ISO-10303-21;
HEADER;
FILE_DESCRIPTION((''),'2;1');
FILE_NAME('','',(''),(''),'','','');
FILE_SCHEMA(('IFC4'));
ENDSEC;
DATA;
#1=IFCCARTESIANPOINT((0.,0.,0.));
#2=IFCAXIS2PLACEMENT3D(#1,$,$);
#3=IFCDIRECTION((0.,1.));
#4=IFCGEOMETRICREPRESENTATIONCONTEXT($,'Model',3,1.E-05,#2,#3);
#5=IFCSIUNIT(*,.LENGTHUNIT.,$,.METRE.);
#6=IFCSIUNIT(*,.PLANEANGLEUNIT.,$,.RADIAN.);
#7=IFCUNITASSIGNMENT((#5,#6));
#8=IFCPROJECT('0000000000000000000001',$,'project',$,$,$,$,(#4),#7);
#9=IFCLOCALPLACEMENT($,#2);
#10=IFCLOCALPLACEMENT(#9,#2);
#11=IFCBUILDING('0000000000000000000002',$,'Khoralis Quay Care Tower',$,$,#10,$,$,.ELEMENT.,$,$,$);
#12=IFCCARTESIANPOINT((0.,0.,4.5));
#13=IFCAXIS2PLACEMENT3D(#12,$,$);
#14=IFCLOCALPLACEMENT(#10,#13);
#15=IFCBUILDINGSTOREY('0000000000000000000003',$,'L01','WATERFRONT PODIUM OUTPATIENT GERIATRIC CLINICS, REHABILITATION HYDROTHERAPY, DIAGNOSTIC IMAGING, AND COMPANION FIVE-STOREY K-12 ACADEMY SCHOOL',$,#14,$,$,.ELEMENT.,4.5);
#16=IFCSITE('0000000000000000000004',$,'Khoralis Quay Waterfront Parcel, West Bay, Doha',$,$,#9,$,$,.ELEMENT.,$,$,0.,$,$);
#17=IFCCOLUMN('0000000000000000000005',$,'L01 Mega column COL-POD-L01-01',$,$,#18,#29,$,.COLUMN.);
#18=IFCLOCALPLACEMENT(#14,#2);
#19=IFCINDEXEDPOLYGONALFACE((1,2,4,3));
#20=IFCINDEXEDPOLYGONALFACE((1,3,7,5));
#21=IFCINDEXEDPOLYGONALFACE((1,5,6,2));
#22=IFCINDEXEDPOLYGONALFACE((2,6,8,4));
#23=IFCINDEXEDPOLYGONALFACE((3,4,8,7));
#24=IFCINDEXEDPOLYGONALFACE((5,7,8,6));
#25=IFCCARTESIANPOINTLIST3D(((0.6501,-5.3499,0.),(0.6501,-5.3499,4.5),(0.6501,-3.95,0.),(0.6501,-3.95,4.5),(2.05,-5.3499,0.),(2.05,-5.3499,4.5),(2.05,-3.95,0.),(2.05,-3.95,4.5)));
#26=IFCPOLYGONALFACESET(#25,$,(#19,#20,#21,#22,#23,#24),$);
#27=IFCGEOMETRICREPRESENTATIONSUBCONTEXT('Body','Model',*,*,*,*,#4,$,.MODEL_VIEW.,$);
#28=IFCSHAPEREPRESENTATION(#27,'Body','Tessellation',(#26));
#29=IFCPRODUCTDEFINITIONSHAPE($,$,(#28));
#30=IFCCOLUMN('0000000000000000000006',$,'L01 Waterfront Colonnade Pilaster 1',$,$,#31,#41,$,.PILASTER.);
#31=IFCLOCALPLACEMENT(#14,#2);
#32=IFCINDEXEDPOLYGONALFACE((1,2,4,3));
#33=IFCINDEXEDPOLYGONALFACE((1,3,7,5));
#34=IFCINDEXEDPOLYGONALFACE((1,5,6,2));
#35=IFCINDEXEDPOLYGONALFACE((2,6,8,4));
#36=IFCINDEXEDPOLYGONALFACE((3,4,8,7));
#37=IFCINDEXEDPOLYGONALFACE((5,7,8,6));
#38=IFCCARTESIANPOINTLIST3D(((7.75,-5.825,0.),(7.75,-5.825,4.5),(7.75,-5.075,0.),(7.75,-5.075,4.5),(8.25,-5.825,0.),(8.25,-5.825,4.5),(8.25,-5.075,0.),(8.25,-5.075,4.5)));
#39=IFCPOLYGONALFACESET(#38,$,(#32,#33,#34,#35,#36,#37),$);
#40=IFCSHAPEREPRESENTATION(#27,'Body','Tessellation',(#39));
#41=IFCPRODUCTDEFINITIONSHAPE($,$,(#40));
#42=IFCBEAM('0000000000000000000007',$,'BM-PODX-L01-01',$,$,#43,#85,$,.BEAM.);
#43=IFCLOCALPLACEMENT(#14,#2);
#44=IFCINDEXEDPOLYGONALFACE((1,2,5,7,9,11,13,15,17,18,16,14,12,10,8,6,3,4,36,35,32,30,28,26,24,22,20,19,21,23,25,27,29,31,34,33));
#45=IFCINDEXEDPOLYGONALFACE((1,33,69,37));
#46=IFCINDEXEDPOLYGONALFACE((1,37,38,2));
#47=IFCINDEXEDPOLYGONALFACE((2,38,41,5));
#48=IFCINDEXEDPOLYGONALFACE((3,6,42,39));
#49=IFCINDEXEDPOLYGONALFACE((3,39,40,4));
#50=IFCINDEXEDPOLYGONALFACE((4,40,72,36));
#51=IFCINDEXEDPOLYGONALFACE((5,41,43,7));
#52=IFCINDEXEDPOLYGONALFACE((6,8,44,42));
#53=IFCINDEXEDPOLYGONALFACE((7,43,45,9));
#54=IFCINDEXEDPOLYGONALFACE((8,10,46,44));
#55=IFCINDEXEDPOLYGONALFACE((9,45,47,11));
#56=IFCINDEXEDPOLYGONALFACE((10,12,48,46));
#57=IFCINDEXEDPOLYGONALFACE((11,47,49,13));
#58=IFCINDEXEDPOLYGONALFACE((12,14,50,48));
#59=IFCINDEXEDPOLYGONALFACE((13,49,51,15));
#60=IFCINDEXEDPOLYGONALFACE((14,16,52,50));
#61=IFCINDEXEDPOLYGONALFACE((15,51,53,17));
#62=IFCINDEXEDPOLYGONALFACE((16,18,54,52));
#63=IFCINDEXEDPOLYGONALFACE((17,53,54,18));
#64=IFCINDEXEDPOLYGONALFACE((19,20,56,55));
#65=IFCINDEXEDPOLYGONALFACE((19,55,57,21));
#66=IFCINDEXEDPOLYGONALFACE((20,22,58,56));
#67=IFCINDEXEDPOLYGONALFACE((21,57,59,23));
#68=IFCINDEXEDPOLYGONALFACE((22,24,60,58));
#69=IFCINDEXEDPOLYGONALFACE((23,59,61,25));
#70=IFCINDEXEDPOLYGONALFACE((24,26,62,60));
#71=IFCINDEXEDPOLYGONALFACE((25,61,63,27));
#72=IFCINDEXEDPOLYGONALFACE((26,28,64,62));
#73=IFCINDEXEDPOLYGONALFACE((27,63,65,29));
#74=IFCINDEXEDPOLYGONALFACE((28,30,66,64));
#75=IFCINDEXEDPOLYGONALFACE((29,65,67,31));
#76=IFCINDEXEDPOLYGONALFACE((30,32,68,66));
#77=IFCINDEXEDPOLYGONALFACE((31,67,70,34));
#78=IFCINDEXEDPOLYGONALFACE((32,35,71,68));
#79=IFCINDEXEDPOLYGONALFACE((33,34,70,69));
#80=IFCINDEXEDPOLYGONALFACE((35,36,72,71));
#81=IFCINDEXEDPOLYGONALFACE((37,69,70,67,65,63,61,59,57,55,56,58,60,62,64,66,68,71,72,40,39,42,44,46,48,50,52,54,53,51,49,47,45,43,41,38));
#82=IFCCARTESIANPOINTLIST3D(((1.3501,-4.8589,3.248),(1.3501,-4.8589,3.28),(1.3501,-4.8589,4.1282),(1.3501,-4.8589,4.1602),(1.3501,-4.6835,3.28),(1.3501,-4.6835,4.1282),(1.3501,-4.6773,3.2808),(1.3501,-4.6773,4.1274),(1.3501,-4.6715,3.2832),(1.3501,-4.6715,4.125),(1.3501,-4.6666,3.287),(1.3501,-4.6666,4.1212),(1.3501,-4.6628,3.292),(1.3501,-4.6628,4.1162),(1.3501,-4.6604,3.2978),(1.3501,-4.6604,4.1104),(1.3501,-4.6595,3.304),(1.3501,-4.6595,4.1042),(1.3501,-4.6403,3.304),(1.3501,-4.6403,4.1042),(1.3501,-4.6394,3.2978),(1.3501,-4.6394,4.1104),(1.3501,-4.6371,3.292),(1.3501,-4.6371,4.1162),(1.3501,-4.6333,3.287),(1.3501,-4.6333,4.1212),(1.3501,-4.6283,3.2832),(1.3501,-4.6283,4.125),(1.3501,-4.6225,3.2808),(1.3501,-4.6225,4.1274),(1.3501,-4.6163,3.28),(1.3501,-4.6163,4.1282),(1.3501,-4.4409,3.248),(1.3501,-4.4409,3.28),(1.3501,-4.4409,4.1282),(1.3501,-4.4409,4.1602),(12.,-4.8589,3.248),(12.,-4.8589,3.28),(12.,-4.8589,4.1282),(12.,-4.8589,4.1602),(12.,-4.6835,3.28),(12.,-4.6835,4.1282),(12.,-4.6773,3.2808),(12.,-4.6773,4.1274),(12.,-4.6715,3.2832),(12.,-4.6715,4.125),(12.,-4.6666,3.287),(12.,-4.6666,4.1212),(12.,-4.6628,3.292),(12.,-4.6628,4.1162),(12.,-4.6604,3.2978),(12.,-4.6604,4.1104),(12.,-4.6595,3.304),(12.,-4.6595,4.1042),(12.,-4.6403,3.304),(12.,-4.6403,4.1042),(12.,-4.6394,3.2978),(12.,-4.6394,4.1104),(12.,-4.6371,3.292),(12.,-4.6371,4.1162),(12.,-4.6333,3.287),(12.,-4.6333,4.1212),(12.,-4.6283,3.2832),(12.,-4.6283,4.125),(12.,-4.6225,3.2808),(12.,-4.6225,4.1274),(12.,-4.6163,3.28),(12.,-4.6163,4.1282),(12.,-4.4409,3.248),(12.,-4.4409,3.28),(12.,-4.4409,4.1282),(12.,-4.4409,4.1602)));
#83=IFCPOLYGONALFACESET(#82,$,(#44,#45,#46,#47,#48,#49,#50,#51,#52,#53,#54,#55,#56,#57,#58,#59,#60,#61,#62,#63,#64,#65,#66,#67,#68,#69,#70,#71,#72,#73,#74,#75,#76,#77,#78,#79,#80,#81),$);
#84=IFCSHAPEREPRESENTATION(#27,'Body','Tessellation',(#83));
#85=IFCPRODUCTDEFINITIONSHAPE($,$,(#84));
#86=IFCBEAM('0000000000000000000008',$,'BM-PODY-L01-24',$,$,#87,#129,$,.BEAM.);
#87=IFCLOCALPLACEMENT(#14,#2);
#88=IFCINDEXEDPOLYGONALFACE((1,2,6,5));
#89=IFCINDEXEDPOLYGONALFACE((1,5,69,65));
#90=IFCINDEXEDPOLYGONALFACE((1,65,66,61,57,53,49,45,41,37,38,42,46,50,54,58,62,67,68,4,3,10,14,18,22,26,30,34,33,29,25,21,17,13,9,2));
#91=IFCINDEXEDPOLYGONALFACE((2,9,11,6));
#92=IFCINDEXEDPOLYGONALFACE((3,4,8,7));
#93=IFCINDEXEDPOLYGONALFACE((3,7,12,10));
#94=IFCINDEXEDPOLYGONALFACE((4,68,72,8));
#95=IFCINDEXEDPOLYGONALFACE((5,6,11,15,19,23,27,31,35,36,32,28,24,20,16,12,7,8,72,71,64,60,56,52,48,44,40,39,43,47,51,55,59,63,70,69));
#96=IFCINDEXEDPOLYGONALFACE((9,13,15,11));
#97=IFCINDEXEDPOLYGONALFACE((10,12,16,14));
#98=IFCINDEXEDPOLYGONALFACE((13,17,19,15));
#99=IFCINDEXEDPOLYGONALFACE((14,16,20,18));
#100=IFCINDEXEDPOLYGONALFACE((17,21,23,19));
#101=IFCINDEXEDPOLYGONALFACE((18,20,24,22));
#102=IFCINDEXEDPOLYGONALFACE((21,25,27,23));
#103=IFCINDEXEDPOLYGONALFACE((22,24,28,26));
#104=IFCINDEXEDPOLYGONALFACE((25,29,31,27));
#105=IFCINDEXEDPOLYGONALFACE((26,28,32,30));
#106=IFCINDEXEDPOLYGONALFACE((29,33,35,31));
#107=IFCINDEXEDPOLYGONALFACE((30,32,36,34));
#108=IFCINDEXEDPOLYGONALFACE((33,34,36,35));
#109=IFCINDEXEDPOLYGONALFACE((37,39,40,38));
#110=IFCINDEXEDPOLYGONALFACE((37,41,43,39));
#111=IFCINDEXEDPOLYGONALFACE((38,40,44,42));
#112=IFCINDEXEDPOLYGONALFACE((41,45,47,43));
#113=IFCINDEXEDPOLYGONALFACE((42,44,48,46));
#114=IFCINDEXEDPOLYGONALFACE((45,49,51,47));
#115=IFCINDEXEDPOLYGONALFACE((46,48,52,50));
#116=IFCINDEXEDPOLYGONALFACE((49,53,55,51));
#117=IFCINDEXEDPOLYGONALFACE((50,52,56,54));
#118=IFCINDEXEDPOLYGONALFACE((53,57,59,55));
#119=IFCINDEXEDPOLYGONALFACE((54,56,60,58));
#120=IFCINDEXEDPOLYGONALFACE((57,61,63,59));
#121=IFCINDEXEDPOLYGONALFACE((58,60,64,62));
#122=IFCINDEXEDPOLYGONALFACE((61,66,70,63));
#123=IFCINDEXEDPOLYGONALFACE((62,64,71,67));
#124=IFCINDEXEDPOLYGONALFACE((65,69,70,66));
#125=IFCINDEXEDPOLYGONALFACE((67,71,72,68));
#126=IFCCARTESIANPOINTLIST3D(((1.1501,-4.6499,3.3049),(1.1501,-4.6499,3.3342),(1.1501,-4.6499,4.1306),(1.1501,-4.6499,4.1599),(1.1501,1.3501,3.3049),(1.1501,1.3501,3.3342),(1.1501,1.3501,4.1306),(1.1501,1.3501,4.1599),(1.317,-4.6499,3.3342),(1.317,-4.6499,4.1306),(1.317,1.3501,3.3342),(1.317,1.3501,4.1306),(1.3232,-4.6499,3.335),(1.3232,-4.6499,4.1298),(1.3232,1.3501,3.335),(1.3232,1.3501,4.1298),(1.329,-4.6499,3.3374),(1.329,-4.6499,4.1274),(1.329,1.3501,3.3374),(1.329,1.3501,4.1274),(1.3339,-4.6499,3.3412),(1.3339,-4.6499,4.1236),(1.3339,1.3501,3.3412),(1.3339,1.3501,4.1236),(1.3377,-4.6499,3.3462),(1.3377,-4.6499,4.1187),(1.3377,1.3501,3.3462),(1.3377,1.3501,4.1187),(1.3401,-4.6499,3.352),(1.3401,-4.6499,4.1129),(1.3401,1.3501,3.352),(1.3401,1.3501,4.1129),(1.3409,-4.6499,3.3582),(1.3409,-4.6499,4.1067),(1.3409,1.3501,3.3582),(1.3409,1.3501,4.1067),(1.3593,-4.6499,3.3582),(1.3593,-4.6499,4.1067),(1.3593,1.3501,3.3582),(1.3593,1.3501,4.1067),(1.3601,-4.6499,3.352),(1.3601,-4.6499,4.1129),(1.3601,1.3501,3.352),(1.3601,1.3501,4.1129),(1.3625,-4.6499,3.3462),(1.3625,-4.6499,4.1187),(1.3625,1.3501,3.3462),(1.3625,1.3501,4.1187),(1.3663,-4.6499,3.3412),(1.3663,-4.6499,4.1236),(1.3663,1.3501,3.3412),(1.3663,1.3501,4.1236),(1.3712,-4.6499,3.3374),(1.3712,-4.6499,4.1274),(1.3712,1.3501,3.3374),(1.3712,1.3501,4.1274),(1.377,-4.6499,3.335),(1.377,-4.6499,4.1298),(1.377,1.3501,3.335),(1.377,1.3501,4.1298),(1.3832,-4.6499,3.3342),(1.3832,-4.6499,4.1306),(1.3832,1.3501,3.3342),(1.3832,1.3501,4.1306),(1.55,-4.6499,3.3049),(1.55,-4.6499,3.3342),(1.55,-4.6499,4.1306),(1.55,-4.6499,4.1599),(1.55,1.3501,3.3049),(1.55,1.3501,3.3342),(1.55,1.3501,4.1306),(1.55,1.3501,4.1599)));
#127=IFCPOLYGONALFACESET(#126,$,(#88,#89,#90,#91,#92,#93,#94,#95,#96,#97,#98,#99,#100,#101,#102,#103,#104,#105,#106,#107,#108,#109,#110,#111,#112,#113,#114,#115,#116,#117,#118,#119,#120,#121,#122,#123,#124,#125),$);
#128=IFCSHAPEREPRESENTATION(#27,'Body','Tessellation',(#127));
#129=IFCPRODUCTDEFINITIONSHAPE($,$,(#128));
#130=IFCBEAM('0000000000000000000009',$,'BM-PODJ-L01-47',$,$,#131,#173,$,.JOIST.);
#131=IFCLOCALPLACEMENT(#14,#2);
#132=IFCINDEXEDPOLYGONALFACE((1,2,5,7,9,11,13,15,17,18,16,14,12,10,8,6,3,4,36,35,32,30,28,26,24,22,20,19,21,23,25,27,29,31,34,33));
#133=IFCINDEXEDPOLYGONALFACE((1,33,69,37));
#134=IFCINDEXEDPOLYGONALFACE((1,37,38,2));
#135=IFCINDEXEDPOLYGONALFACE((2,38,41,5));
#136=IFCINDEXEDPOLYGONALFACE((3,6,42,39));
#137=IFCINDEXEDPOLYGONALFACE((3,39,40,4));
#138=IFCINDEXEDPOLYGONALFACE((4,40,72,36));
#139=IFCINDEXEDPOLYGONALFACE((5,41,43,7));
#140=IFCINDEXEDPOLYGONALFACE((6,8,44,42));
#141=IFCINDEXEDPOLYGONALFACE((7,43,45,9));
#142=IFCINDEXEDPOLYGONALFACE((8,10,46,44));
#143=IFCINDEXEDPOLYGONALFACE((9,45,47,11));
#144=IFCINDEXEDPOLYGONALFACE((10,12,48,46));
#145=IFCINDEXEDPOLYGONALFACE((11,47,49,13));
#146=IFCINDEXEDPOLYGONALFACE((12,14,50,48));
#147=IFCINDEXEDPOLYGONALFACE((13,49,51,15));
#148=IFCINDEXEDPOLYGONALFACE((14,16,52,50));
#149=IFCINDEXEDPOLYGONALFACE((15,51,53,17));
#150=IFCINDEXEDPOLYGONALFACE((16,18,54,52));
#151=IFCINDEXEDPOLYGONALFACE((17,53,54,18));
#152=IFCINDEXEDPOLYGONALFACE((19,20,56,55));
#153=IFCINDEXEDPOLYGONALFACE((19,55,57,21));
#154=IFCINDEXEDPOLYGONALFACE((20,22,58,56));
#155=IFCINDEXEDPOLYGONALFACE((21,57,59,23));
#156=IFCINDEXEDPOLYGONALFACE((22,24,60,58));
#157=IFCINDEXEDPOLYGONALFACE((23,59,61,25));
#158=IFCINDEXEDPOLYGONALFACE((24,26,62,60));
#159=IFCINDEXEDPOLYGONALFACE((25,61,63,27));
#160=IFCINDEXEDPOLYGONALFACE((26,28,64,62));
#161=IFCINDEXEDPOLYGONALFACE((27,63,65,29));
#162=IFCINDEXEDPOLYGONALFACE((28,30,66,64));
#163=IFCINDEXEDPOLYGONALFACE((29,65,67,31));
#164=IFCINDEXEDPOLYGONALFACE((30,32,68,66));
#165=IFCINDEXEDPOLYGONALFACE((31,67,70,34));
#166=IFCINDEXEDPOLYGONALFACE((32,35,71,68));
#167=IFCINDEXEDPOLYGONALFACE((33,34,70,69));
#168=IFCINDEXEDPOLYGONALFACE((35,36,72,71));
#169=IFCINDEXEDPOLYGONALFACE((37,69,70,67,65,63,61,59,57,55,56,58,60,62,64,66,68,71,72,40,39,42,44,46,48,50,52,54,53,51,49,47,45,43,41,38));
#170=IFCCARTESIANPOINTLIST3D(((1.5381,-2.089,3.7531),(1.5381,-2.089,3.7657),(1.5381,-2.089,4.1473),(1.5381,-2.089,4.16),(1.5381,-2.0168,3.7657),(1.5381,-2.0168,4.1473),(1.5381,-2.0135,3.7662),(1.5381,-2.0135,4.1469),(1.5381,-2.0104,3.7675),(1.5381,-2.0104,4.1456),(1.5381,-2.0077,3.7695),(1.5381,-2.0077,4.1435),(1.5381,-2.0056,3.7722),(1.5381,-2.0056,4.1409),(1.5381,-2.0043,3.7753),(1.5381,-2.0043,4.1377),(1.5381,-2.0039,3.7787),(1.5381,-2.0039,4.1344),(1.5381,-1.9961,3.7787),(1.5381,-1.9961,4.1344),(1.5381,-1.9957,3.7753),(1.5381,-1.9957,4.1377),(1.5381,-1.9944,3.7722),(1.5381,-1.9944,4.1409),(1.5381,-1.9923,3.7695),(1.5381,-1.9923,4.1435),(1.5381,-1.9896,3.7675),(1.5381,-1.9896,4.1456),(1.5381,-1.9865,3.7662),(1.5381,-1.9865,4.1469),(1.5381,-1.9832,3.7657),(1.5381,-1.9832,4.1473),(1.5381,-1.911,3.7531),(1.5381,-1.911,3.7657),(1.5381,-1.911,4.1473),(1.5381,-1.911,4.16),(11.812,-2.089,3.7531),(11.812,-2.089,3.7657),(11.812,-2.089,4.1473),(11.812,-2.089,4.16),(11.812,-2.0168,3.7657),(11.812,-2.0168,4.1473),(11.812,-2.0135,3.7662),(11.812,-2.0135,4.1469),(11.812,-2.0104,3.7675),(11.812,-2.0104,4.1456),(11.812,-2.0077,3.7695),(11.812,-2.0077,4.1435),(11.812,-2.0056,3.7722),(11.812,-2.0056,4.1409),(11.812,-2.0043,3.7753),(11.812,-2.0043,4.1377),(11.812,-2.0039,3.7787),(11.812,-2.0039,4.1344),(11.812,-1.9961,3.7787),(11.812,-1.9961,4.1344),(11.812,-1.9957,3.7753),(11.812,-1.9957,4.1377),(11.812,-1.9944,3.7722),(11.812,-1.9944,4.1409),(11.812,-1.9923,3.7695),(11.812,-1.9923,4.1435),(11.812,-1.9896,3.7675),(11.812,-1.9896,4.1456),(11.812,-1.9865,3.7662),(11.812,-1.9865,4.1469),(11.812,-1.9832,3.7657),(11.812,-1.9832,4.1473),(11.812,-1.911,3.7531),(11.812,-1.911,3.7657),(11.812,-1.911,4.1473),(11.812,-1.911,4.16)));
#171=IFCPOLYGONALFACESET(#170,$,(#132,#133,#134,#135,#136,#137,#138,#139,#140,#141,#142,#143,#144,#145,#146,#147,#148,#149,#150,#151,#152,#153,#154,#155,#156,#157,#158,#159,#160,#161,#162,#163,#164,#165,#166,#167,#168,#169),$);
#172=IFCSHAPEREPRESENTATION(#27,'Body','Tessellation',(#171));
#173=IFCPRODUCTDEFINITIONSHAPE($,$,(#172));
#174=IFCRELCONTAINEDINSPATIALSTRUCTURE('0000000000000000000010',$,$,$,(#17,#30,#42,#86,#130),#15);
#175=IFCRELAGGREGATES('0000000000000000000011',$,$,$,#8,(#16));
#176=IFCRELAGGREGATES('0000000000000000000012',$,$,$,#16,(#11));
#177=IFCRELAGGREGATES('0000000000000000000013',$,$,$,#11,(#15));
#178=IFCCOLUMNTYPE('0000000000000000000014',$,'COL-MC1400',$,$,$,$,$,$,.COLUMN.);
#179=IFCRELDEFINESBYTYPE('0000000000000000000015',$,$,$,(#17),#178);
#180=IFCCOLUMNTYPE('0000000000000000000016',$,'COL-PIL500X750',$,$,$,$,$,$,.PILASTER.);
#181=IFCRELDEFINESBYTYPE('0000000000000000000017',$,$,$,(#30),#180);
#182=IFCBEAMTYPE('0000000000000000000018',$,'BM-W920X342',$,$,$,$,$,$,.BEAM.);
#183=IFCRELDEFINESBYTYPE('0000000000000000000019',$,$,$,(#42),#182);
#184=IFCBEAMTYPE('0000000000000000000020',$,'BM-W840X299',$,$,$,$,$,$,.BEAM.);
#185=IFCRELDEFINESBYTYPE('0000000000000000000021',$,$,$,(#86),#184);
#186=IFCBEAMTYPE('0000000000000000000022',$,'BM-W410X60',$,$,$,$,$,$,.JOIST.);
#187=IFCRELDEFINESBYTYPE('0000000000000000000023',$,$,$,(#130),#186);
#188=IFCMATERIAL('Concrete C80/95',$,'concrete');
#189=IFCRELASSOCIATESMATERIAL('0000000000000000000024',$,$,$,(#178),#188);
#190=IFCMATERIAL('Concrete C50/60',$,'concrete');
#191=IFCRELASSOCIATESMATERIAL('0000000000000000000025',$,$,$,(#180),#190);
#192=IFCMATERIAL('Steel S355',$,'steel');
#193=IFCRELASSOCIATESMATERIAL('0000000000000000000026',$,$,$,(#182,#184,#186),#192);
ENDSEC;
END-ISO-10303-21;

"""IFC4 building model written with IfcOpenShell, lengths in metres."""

from ifc_helpers import new_model, si_unit, direction, frame, origin, origin_2d, place, context, subcontext, project, spatial, rectangle, i_section, extrude, source, transform, mapped, material, material_profile, profile_set, type_object, element, save


model = new_model("IFC4")

# Units and contexts
model_context = context("Model", 3, precision=1e-05, world=origin(), true_north=direction((0.0, 1.0)))
body_context = subcontext(model_context, "Body", "Model", "MODEL_VIEW")
ifc_project = project(units=[si_unit("LENGTHUNIT", "METRE"), si_unit("PLANEANGLEUNIT", "RADIAN")], contexts=[model_context])

# Site, building, storey
site_placement = place(None, origin())
site = spatial("IfcSite", under=ifc_project, at=site_placement, Name="Khoralis Quay Waterfront Parcel, West Bay, Doha", CompositionType="ELEMENT", RefElevation=0.0)
building_placement = place(site_placement, origin())
building = spatial("IfcBuilding", under=site, at=building_placement, Name="Khoralis Quay Care Tower", CompositionType="ELEMENT")
storey_placement = place(building_placement, frame((0.0, 0.0, 4.5)))
storey = spatial("IfcBuildingStorey", under=building, at=storey_placement, Name="L01", Description="WATERFRONT PODIUM OUTPATIENT GERIATRIC CLINICS, REHABILITATION HYDROTHERAPY, DIAGNOSTIC IMAGING, AND COMPANION FIVE-STOREY K-12 ACADEMY SCHOOL", CompositionType="ELEMENT", Elevation=4.5)

# Columns
ifc_material_1 = material(Name="Concrete C80/95", Category="concrete")
ifc_material_profile_1 = material_profile(ifc_material_1, rectangle(XDim=1.3999, YDim=1.3999, at=origin_2d()), Name="Concrete C80/95")
ifc_profile_set_1 = profile_set([ifc_material_profile_1], Name="Concrete C80/95")
column_type_1 = type_object("IfcColumnType", Name="COL-MC1400", PredefinedType="COLUMN", material=ifc_profile_set_1)
shared_shape_1 = source(origin(), body_context, "Body", "SweptSolid", [
    extrude(rectangle(XDim=1.3999, YDim=1.3999, at=origin_2d()), origin(), (0.0, 0.0, 1.0), 4.5),
])
column_1_placement = place(storey_placement, frame((1.3501, -4.6499, 0.0), z_axis=(0.0, 0.0, 1.0), x_axis=(1.0, 0.0, 0.0)))
element("IfcColumn", 1, at=column_1_placement, inside=storey, type_object=column_type_1, Name="L01 Mega column COL-POD-L01-01", PredefinedType="COLUMN", context=body_context, shape_type="MappedRepresentation", body=[
    mapped(shared_shape_1, transform((0.0, 0.0, 0.0), scale=1.0)),
])
ifc_material_2 = material(Name="Concrete C50/60", Category="concrete")
ifc_material_profile_2 = material_profile(ifc_material_2, rectangle(XDim=0.5, YDim=0.75, at=origin_2d()), Name="Concrete C50/60")
ifc_profile_set_2 = profile_set([ifc_material_profile_2], Name="Concrete C50/60")
column_type_2 = type_object("IfcColumnType", Name="COL-PIL500X750", PredefinedType="PILASTER", material=ifc_profile_set_2)
shared_shape_2 = source(origin(), body_context, "Body", "SweptSolid", [
    extrude(rectangle(XDim=0.5, YDim=0.75, at=origin_2d()), origin(), (0.0, 0.0, 1.0), 4.5),
])
column_2_placement = place(storey_placement, frame((8.0, -5.45, 0.0), z_axis=(0.0, 0.0, 1.0), x_axis=(1.0, 0.0, 0.0)))
element("IfcColumn", 2, at=column_2_placement, inside=storey, type_object=column_type_2, Name="L01 Waterfront Colonnade Pilaster 1", PredefinedType="PILASTER", context=body_context, shape_type="MappedRepresentation", body=[
    mapped(shared_shape_2, transform((0.0, 0.0, 0.0), scale=1.0)),
])

# Beams
ifc_material_3 = material(Name="Steel S355", Category="steel")
ifc_material_profile_3 = material_profile(ifc_material_3, i_section(OverallWidth=0.418, OverallDepth=0.9121, WebThickness=0.0193, FlangeThickness=0.032, FilletRadius=0.0239, at=origin_2d()), Name="Steel S355")
ifc_profile_set_3 = profile_set([ifc_material_profile_3], Name="Steel S355")
beam_type_1 = type_object("IfcBeamType", Name="BM-W920X342", PredefinedType="BEAM", material=ifc_profile_set_3)
shared_shape_3 = source(origin(), body_context, "Body", "SweptSolid", [
    extrude(i_section(OverallWidth=0.418, OverallDepth=0.9121, WebThickness=0.0193, FlangeThickness=0.032, FilletRadius=0.0239, at=origin_2d()), origin(), (0.0, 0.0, 1.0), 10.6499),
])
beam_1_placement = place(storey_placement, frame((1.3501, -4.6499, 3.7041), z_axis=(1.0, 0.0, 0.0), x_axis=(0.0, 1.0, 0.0)))
element("IfcBeam", 3, at=beam_1_placement, inside=storey, type_object=beam_type_1, Name="BM-PODX-L01-01", PredefinedType="BEAM", context=body_context, shape_type="MappedRepresentation", body=[
    mapped(shared_shape_3, transform((0.0, 0.0, 0.0), scale=1.0)),
])
ifc_material_profile_4 = material_profile(ifc_material_3, i_section(OverallWidth=0.3999, OverallDepth=0.855, WebThickness=0.0183, FlangeThickness=0.0293, FilletRadius=0.0239, at=origin_2d()), Name="Steel S355")
ifc_profile_set_4 = profile_set([ifc_material_profile_4], Name="Steel S355")
beam_type_2 = type_object("IfcBeamType", Name="BM-W840X299", PredefinedType="BEAM", material=ifc_profile_set_4)
shared_shape_4 = source(origin(), body_context, "Body", "SweptSolid", [
    extrude(i_section(OverallWidth=0.3999, OverallDepth=0.855, WebThickness=0.0183, FlangeThickness=0.0293, FilletRadius=0.0239, at=origin_2d()), origin(), (0.0, 0.0, 1.0), 6.0),
])
beam_2_placement = place(storey_placement, frame((1.3501, -4.6499, 3.7324), z_axis=(0.0, 1.0, 0.0), x_axis=(-1.0, 0.0, 0.0)))
element("IfcBeam", 4, at=beam_2_placement, inside=storey, type_object=beam_type_2, Name="BM-PODY-L01-24", PredefinedType="BEAM", context=body_context, shape_type="MappedRepresentation", body=[
    mapped(shared_shape_4, transform((0.0, 0.0, 0.0), scale=1.0)),
])
ifc_material_profile_5 = material_profile(ifc_material_3, i_section(OverallWidth=0.178, OverallDepth=0.407, WebThickness=0.0078, FlangeThickness=0.0127, FilletRadius=0.0129, at=origin_2d()), Name="Steel S355")
ifc_profile_set_5 = profile_set([ifc_material_profile_5], Name="Steel S355")
beam_type_3 = type_object("IfcBeamType", Name="BM-W410X60", PredefinedType="JOIST", material=ifc_profile_set_5)
shared_shape_5 = source(origin(), body_context, "Body", "SweptSolid", [
    extrude(i_section(OverallWidth=0.178, OverallDepth=0.407, WebThickness=0.0078, FlangeThickness=0.0127, FilletRadius=0.0129, at=origin_2d()), origin(), (0.0, 0.0, 1.0), 10.2739),
])
beam_3_placement = place(storey_placement, frame((1.5381, -2.0, 3.9565), z_axis=(1.0, 0.0, 0.0), x_axis=(0.0, 1.0, 0.0)))
element("IfcBeam", 5, at=beam_3_placement, inside=storey, type_object=beam_type_3, Name="BM-PODJ-L01-47", PredefinedType="JOIST", context=body_context, shape_type="MappedRepresentation", body=[
    mapped(shared_shape_5, transform((0.0, 0.0, 0.0), scale=1.0)),
])

save(model, "model.ifc")
